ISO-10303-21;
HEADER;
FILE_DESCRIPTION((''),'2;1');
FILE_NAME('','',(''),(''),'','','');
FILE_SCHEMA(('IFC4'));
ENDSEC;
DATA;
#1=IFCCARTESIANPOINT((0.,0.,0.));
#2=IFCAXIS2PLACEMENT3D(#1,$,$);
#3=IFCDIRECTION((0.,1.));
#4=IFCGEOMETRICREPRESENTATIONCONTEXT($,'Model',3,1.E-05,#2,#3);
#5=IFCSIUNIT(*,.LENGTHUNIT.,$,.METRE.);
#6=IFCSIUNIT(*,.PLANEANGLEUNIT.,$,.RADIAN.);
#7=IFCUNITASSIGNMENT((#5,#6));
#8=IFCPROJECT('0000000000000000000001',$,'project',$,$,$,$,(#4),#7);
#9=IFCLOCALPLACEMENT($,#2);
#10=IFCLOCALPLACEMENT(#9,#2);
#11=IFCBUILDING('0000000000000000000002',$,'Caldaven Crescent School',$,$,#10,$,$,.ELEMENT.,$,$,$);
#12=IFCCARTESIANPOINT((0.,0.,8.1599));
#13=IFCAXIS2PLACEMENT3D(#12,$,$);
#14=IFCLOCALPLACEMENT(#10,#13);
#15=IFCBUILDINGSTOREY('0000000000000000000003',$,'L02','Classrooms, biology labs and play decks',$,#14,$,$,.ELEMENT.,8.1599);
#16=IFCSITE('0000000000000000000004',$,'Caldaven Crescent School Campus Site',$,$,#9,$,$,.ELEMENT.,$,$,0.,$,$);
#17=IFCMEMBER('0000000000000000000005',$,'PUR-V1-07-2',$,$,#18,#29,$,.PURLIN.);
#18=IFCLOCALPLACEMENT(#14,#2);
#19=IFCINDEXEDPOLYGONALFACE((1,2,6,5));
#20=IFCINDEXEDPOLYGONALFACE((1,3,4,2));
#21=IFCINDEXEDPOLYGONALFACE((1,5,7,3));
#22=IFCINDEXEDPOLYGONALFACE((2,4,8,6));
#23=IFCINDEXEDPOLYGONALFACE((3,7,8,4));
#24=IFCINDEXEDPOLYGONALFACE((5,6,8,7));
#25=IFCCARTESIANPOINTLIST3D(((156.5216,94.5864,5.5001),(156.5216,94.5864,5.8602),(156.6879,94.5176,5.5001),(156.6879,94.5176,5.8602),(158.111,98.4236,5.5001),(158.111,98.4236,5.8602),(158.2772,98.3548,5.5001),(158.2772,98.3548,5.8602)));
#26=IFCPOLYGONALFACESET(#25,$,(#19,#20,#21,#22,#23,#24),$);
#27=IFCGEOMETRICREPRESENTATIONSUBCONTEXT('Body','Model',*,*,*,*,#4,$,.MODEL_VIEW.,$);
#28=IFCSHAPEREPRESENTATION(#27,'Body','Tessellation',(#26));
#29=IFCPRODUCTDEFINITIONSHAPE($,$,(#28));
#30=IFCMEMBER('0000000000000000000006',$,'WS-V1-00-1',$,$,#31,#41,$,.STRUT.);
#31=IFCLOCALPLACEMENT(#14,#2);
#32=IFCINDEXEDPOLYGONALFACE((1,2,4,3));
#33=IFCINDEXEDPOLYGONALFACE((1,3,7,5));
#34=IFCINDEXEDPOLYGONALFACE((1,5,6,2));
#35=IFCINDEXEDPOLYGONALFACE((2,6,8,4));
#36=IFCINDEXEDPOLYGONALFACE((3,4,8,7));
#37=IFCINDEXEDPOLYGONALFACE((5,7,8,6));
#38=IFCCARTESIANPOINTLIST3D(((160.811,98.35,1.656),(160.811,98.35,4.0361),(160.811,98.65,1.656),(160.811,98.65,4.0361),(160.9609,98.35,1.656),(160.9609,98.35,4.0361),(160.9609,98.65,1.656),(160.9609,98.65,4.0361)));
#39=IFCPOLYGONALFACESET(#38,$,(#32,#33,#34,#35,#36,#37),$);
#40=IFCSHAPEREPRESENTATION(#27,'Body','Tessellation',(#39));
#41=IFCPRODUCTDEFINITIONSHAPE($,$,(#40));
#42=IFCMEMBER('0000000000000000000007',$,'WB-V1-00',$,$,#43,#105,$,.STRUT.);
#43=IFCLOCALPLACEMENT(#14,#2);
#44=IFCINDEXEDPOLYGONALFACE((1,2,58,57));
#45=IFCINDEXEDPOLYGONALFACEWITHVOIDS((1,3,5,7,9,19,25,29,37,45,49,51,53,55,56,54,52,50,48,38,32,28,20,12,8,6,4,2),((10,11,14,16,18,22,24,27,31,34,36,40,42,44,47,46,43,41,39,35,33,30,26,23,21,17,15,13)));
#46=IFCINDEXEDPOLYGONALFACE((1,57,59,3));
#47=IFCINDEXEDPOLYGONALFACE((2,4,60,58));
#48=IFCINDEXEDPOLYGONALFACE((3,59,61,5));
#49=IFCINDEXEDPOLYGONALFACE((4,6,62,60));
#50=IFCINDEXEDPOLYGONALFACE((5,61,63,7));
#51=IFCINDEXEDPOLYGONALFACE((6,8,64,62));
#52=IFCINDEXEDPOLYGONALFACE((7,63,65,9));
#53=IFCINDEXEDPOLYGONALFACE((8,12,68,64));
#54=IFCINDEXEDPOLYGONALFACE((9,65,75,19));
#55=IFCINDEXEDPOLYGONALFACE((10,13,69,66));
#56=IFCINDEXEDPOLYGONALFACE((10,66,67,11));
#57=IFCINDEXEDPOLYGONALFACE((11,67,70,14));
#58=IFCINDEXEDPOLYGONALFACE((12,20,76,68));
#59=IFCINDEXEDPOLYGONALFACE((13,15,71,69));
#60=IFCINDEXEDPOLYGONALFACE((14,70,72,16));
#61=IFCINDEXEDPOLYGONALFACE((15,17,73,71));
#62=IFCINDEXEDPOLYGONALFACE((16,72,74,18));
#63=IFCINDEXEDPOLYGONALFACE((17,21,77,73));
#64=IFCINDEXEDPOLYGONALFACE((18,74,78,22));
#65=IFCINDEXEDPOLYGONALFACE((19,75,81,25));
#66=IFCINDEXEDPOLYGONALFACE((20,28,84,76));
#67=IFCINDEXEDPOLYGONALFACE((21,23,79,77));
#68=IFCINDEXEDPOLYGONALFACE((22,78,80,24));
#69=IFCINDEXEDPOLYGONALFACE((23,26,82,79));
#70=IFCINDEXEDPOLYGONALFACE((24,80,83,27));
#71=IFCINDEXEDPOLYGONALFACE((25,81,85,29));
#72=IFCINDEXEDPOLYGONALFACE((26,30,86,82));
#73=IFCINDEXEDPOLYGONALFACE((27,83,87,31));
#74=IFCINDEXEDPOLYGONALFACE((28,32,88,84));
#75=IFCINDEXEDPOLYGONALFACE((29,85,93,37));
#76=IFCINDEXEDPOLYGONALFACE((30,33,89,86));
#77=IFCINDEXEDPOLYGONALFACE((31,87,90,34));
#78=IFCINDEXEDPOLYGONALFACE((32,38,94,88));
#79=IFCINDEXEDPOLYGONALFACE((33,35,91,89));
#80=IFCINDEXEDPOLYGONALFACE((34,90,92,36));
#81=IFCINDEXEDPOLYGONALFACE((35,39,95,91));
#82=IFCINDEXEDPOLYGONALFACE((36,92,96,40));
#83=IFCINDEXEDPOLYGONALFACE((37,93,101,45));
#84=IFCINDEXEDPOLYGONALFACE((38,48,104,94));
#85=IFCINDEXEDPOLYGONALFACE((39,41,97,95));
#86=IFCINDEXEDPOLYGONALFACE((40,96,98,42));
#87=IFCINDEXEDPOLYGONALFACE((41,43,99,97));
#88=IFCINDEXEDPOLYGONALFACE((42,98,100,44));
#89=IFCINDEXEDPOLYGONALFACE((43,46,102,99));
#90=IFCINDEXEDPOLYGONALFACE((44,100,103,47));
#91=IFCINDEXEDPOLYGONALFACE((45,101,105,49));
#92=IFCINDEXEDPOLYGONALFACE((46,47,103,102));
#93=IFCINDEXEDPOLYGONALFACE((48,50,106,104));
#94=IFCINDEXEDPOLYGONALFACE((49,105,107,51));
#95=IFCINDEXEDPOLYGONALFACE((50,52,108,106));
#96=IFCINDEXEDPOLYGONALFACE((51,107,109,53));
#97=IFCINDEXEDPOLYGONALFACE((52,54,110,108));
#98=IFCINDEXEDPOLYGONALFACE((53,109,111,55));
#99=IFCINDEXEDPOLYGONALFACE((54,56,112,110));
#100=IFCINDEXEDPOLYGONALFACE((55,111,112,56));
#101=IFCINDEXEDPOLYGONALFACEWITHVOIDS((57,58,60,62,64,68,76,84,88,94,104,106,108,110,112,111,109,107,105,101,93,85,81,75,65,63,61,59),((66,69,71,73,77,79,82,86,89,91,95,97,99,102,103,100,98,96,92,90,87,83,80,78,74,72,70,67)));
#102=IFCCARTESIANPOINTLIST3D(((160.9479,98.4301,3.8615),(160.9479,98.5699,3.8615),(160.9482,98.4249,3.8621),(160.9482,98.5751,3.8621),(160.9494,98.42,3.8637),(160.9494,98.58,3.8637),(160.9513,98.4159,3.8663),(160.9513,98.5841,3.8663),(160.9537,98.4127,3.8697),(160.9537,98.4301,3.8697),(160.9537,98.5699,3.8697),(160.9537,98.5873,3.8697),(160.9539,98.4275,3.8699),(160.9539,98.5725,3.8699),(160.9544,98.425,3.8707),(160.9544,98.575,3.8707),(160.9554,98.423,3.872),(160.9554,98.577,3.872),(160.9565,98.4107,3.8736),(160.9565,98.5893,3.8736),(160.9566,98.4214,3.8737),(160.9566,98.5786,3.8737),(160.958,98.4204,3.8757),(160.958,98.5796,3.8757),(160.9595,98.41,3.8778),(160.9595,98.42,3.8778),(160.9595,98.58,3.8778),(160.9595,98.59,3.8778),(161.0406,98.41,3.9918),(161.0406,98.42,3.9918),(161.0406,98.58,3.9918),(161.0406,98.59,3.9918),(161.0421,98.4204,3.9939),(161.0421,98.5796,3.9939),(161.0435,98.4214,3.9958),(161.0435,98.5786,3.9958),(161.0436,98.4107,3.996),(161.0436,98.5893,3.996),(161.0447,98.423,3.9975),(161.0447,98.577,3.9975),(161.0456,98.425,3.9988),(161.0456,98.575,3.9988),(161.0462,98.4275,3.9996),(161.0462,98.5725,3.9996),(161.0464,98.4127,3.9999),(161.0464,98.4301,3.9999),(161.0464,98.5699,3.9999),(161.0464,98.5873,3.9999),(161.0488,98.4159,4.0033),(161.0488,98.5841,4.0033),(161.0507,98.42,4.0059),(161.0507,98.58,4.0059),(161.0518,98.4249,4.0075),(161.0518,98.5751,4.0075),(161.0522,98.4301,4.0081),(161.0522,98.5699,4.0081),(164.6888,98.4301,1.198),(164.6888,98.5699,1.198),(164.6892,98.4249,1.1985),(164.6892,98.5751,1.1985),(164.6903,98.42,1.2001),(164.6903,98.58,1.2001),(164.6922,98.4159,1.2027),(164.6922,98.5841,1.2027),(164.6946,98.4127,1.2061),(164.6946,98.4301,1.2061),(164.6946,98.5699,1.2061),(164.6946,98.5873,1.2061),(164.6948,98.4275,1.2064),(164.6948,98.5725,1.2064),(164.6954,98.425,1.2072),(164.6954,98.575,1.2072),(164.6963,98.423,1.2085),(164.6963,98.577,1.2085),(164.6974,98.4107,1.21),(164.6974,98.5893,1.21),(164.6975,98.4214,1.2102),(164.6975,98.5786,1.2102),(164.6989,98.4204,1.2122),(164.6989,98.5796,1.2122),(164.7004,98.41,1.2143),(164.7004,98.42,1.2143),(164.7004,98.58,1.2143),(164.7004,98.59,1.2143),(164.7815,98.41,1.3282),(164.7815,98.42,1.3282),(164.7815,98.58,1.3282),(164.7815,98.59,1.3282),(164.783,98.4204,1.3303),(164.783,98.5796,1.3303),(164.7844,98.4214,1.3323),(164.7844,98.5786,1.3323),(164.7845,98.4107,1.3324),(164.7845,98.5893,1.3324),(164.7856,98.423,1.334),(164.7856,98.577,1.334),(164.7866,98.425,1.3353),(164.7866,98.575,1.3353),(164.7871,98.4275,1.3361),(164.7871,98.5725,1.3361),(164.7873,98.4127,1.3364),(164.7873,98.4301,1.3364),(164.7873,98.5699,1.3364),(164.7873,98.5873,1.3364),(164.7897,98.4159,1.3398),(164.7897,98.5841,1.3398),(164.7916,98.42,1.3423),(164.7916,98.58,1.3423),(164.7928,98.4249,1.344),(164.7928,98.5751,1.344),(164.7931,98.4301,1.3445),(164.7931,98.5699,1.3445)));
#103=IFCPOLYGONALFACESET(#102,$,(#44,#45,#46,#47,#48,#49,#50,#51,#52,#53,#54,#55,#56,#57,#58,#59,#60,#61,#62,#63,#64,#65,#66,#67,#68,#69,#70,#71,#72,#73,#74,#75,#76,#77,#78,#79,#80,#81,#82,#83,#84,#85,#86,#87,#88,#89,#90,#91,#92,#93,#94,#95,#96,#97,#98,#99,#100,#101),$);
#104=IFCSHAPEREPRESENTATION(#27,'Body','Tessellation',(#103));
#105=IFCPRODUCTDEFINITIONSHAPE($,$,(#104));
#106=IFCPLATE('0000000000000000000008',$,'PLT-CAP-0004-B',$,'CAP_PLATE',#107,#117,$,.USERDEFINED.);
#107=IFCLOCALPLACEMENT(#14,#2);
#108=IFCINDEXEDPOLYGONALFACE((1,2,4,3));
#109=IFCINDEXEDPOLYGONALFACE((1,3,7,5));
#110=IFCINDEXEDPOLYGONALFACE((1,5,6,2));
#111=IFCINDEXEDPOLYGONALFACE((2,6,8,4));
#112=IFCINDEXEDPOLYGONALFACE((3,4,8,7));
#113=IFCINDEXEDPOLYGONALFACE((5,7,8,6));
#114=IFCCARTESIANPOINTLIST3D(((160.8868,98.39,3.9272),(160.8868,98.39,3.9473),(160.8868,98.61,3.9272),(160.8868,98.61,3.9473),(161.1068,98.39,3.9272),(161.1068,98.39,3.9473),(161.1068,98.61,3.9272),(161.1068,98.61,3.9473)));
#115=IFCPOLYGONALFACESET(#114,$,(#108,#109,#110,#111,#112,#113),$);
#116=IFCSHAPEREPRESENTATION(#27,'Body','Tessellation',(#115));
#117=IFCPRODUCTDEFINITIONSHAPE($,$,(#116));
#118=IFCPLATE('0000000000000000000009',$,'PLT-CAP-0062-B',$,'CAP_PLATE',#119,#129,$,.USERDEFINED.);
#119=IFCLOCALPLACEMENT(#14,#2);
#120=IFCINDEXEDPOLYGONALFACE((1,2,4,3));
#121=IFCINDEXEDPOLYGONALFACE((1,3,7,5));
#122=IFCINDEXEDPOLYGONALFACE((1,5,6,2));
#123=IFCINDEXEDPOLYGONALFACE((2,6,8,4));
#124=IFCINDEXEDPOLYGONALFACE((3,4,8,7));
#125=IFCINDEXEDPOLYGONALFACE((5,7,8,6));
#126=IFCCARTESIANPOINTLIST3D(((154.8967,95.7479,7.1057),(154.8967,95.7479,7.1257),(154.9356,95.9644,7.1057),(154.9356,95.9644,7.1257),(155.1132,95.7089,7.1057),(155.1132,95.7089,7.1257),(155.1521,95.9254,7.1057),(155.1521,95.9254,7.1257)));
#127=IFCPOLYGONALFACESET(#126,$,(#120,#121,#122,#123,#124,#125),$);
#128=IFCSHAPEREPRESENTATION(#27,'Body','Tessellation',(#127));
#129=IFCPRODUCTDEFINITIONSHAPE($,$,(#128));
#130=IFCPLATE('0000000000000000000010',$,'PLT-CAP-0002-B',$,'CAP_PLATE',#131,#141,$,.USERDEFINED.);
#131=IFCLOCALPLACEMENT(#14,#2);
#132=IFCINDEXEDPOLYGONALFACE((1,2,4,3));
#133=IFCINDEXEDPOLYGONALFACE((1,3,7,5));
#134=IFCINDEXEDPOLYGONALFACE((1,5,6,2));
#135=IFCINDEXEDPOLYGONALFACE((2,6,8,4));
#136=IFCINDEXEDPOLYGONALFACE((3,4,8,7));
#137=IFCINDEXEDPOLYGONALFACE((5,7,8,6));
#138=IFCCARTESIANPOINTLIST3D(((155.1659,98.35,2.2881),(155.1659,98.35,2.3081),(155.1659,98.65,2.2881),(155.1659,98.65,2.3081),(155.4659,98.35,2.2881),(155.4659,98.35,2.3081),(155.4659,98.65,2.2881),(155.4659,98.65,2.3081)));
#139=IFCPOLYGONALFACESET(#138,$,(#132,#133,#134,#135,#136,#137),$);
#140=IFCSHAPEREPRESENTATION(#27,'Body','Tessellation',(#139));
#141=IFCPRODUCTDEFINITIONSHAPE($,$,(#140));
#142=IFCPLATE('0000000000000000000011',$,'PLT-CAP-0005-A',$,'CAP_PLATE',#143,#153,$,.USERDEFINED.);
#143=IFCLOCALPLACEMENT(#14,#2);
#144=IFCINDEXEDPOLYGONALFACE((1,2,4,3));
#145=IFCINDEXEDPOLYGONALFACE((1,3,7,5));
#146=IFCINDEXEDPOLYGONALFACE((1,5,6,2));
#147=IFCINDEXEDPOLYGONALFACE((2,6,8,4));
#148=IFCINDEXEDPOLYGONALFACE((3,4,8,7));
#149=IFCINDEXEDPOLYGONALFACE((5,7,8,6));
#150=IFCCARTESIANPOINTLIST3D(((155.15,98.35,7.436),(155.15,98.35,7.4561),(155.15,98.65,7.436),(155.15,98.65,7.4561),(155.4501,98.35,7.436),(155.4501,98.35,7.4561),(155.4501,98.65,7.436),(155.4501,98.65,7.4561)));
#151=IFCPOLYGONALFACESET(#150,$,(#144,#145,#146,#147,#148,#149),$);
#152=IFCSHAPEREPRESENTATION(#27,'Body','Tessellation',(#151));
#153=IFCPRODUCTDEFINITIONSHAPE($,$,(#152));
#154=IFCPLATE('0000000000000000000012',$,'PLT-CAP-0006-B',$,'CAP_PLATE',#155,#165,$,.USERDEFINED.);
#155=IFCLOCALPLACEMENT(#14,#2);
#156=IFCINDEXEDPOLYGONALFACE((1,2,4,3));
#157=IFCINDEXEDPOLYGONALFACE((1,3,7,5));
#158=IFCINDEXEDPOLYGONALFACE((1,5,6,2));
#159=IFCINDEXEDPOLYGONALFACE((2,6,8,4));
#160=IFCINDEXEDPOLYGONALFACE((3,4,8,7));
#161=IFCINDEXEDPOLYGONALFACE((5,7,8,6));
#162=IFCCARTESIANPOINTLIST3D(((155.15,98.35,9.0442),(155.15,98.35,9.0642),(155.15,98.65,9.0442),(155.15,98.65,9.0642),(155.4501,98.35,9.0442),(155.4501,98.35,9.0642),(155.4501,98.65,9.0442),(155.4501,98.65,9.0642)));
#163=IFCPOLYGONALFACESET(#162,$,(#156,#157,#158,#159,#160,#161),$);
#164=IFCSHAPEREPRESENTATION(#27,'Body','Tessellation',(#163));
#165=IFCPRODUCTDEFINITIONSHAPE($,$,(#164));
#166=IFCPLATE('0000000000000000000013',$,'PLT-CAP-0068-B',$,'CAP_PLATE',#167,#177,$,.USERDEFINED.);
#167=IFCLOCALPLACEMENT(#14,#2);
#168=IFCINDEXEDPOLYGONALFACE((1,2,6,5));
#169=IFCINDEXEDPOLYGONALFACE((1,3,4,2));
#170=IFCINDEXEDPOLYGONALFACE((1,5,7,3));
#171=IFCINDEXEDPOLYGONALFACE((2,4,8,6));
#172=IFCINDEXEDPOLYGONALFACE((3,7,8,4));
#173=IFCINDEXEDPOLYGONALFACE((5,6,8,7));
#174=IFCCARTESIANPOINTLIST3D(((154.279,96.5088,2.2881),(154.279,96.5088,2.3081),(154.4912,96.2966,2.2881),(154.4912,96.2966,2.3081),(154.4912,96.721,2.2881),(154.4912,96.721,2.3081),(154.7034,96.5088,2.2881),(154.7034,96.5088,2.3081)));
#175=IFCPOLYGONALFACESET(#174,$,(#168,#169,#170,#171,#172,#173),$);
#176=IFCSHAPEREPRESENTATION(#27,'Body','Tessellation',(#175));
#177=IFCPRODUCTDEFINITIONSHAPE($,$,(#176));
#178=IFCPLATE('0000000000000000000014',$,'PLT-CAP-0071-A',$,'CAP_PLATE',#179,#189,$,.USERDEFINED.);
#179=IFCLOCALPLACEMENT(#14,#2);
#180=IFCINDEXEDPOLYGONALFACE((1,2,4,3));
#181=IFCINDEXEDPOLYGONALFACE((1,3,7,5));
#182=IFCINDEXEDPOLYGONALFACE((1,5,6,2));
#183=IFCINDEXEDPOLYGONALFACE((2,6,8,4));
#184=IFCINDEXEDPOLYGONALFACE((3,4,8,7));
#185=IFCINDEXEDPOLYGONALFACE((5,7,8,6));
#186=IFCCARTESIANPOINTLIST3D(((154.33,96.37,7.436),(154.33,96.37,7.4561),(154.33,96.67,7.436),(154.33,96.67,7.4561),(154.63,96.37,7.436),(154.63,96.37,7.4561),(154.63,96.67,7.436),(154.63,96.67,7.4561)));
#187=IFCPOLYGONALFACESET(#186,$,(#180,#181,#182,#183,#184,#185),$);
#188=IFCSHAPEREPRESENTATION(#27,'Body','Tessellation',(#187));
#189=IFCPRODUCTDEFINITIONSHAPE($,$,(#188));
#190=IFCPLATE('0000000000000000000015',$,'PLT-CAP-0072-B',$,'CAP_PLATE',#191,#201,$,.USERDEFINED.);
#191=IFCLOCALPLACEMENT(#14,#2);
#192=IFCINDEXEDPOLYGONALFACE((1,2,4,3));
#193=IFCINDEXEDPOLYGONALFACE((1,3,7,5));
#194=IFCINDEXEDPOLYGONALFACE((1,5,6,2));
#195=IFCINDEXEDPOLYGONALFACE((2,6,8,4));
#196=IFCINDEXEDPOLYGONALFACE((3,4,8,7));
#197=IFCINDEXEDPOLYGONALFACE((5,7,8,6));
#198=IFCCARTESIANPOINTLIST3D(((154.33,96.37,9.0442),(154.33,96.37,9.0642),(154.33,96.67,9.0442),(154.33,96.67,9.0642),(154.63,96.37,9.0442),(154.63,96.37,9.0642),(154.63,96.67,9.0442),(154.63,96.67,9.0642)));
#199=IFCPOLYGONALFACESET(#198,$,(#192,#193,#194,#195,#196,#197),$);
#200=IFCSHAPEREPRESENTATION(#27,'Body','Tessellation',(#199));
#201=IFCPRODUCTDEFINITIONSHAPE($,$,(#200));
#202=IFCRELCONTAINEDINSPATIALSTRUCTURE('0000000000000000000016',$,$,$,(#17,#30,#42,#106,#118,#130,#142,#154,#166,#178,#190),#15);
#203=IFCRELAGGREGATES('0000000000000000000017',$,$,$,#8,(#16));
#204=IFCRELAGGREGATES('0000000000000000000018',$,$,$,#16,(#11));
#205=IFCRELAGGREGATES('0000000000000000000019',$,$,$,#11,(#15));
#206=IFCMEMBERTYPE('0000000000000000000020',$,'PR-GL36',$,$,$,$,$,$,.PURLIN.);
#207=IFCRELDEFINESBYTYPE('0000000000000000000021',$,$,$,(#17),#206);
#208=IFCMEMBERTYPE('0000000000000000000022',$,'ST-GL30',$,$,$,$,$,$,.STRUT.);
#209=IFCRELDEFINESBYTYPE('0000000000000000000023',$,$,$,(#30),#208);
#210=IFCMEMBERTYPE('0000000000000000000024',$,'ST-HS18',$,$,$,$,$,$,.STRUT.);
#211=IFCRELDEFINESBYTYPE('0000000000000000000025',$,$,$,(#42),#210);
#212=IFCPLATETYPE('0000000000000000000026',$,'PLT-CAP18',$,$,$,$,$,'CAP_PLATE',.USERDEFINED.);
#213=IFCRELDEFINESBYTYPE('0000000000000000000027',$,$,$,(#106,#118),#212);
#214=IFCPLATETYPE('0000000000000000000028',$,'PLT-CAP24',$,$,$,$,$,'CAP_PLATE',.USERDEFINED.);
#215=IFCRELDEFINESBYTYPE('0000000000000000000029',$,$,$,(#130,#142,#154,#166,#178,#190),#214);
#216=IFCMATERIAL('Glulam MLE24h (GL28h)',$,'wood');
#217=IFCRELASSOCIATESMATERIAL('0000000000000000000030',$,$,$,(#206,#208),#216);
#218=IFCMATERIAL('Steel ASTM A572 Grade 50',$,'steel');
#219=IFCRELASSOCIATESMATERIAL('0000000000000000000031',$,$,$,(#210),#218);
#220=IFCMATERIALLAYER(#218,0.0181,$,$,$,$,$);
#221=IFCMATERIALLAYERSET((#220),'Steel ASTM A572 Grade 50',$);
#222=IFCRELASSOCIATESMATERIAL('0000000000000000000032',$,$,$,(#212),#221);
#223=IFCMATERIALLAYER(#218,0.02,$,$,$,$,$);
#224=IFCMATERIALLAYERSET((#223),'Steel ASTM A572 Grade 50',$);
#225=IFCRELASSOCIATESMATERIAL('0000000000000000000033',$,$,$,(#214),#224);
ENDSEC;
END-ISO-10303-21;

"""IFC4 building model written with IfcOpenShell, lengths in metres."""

from ifc_helpers import new_model, si_unit, direction, frame, origin, origin_2d, place, context, subcontext, project, spatial, rectangle, hollow_rectangle, extrude, material, layer, layer_set, material_profile, profile_set, type_object, element, save


model = new_model("IFC4")

# Units and contexts
model_context = context("Model", 3, precision=1e-05, world=origin(), true_north=direction((0.0, 1.0)))
body_context = subcontext(model_context, "Body", "Model", "MODEL_VIEW")
ifc_project = project(units=[si_unit("LENGTHUNIT", "METRE"), si_unit("PLANEANGLEUNIT", "RADIAN")], contexts=[model_context])

# Site, building, storey
site_placement = place(None, origin())
site = spatial("IfcSite", under=ifc_project, at=site_placement, Name="Caldaven Crescent School Campus Site", CompositionType="ELEMENT", RefElevation=0.0)
building_placement = place(site_placement, origin())
building = spatial("IfcBuilding", under=site, at=building_placement, Name="Caldaven Crescent School", CompositionType="ELEMENT")
storey_placement = place(building_placement, frame((0.0, 0.0, 8.1599)))
storey = spatial("IfcBuildingStorey", under=building, at=storey_placement, Name="L02", Description="Classrooms, biology labs and play decks", CompositionType="ELEMENT", Elevation=8.1599)

# Shared definitions
ifc_material_1 = material(Name="Steel ASTM A572 Grade 50", Category="steel")

# Members
ifc_material_2 = material(Name="Glulam MLE24h (GL28h)", Category="wood")
ifc_material_profile_1 = material_profile(ifc_material_2, rectangle(XDim=0.1799, YDim=0.3601, at=origin_2d()), Name="MLE 180x360")
ifc_profile_set_1 = profile_set([ifc_material_profile_1], Name="Glulam MLE24h (GL28h)")
member_type_1 = type_object("IfcMemberType", Name="PR-GL36", PredefinedType="PURLIN", material=ifc_profile_set_1)
member_1_placement = place(storey_placement, frame((156.6047, 94.552, 5.6802), z_axis=(0.382674, 0.923884, 0.0), x_axis=(-0.923884, 0.382674, 0.0)))
element("IfcMember", 1, at=member_1_placement, inside=storey, type_object=member_type_1, Name="PUR-V1-07-2", PredefinedType="PURLIN", context=body_context, shape_type="SweptSolid", body=[
    extrude(rectangle(XDim=0.1799, YDim=0.3601, at=origin_2d()), origin(), (0.0, 0.0, 1.0), 4.1533),
])
ifc_material_profile_2 = material_profile(ifc_material_2, rectangle(XDim=0.1499, YDim=0.3, at=origin_2d()), Name="MLE 150x300")
ifc_profile_set_2 = profile_set([ifc_material_profile_2], Name="Glulam MLE24h (GL28h)")
member_type_2 = type_object("IfcMemberType", Name="ST-GL30", PredefinedType="STRUT", material=ifc_profile_set_2)
member_2_placement = place(storey_placement, frame((160.886, 98.5, 1.656), z_axis=(0.0, 0.0, 1.0), x_axis=(1.0, 0.0, 0.0)))
element("IfcMember", 2, at=member_2_placement, inside=storey, type_object=member_type_2, Name="WS-V1-00-1", PredefinedType="STRUT", context=body_context, shape_type="SweptSolid", body=[
    extrude(rectangle(XDim=0.1499, YDim=0.3, at=origin_2d()), origin(), (0.0, 0.0, 1.0), 2.3801),
])
ifc_material_profile_3 = material_profile(ifc_material_1, hollow_rectangle(XDim=0.1799, YDim=0.1799, WallThickness=0.01, InnerFilletRadius=0.01, OuterFilletRadius=0.02, at=origin_2d()), Name="HSS 180x180x10")
ifc_profile_set_3 = profile_set([ifc_material_profile_3], Name="Steel ASTM A572 Grade 50")
member_type_3 = type_object("IfcMemberType", Name="ST-HS18", PredefinedType="STRUT", material=ifc_profile_set_3)
member_3_placement = place(storey_placement, frame((164.741, 98.5, 1.2712), z_axis=(-0.814613, 0.0, 0.580005), x_axis=(0.0, -1.0, 0.0)))
element("IfcMember", 3, at=member_3_placement, inside=storey, type_object=member_type_3, Name="WB-V1-00", PredefinedType="STRUT", context=body_context, shape_type="SweptSolid", body=[
    extrude(hollow_rectangle(XDim=0.1799, YDim=0.1799, WallThickness=0.01, InnerFilletRadius=0.01, OuterFilletRadius=0.02, at=origin_2d()), origin(), (0.0, 0.0, 1.0), 4.5923),
])

# Plates
ifc_layer_1 = layer(ifc_material_1, 0.0181)
ifc_layer_set_1 = layer_set([ifc_layer_1], Name="Steel ASTM A572 Grade 50")
plate_type_1 = type_object("IfcPlateType", Name="PLT-CAP18", ElementType="CAP_PLATE", PredefinedType="USERDEFINED", material=ifc_layer_set_1)
for number, where, z_axis, x_axis, name in (
    (4, (160.9968, 98.5, 3.9272), (0.0, 0.0, 1.0), (-1.0, 0.0, 0.0), "PLT-CAP-0004-B"),
    (5, (155.0244, 95.8367, 7.1057), (0.0, 0.0, 1.0), (0.177085, 0.984196, 0.0), "PLT-CAP-0062-B"),
):
    element("IfcPlate", number, at=place(storey_placement, frame(where, z_axis=z_axis, x_axis=x_axis)), inside=storey, type_object=plate_type_1, Name=name, ObjectType="CAP_PLATE", PredefinedType="USERDEFINED", context=body_context, shape_type="SweptSolid", body=[
        extrude(rectangle(XDim=0.22, YDim=0.22, at=origin_2d()), origin(), (0.0, 0.0, 1.0), 0.02),
    ])
ifc_layer_2 = layer(ifc_material_1, 0.02)
ifc_layer_set_2 = layer_set([ifc_layer_2], Name="Steel ASTM A572 Grade 50")
plate_type_2 = type_object("IfcPlateType", Name="PLT-CAP24", ElementType="CAP_PLATE", PredefinedType="USERDEFINED", material=ifc_layer_set_2)
for number, where, z_axis, x_axis, name in (
    (6, (155.3159, 98.5, 2.2881), (0.0, 0.0, 1.0), (-1.0, 0.0, 0.0), "PLT-CAP-0002-B"),
    (7, (155.3, 98.5, 7.436), (0.0, 0.0, 1.0), (1.0, 0.0, 0.0), "PLT-CAP-0005-A"),
    (8, (155.3, 98.5, 9.0442), (0.0, 0.0, 1.0), (1.0, 0.0, 0.0), "PLT-CAP-0006-B"),
    (9, (154.4912, 96.5088, 2.2881), (0.0, 0.0, 1.0), (-0.707107, 0.707107, 0.0), "PLT-CAP-0068-B"),
    (10, (154.48, 96.52, 7.436), (0.0, 0.0, 1.0), (1.0, 0.0, 0.0), "PLT-CAP-0071-A"),
    (11, (154.48, 96.52, 9.0442), (0.0, 0.0, 1.0), (1.0, 0.0, 0.0), "PLT-CAP-0072-B"),
):
    element("IfcPlate", number, at=place(storey_placement, frame(where, z_axis=z_axis, x_axis=x_axis)), inside=storey, type_object=plate_type_2, Name=name, ObjectType="CAP_PLATE", PredefinedType="USERDEFINED", context=body_context, shape_type="SweptSolid", body=[
        extrude(rectangle(XDim=0.3, YDim=0.3, at=origin_2d()), origin(), (0.0, 0.0, 1.0), 0.02),
    ])

save(model, "model.ifc")
